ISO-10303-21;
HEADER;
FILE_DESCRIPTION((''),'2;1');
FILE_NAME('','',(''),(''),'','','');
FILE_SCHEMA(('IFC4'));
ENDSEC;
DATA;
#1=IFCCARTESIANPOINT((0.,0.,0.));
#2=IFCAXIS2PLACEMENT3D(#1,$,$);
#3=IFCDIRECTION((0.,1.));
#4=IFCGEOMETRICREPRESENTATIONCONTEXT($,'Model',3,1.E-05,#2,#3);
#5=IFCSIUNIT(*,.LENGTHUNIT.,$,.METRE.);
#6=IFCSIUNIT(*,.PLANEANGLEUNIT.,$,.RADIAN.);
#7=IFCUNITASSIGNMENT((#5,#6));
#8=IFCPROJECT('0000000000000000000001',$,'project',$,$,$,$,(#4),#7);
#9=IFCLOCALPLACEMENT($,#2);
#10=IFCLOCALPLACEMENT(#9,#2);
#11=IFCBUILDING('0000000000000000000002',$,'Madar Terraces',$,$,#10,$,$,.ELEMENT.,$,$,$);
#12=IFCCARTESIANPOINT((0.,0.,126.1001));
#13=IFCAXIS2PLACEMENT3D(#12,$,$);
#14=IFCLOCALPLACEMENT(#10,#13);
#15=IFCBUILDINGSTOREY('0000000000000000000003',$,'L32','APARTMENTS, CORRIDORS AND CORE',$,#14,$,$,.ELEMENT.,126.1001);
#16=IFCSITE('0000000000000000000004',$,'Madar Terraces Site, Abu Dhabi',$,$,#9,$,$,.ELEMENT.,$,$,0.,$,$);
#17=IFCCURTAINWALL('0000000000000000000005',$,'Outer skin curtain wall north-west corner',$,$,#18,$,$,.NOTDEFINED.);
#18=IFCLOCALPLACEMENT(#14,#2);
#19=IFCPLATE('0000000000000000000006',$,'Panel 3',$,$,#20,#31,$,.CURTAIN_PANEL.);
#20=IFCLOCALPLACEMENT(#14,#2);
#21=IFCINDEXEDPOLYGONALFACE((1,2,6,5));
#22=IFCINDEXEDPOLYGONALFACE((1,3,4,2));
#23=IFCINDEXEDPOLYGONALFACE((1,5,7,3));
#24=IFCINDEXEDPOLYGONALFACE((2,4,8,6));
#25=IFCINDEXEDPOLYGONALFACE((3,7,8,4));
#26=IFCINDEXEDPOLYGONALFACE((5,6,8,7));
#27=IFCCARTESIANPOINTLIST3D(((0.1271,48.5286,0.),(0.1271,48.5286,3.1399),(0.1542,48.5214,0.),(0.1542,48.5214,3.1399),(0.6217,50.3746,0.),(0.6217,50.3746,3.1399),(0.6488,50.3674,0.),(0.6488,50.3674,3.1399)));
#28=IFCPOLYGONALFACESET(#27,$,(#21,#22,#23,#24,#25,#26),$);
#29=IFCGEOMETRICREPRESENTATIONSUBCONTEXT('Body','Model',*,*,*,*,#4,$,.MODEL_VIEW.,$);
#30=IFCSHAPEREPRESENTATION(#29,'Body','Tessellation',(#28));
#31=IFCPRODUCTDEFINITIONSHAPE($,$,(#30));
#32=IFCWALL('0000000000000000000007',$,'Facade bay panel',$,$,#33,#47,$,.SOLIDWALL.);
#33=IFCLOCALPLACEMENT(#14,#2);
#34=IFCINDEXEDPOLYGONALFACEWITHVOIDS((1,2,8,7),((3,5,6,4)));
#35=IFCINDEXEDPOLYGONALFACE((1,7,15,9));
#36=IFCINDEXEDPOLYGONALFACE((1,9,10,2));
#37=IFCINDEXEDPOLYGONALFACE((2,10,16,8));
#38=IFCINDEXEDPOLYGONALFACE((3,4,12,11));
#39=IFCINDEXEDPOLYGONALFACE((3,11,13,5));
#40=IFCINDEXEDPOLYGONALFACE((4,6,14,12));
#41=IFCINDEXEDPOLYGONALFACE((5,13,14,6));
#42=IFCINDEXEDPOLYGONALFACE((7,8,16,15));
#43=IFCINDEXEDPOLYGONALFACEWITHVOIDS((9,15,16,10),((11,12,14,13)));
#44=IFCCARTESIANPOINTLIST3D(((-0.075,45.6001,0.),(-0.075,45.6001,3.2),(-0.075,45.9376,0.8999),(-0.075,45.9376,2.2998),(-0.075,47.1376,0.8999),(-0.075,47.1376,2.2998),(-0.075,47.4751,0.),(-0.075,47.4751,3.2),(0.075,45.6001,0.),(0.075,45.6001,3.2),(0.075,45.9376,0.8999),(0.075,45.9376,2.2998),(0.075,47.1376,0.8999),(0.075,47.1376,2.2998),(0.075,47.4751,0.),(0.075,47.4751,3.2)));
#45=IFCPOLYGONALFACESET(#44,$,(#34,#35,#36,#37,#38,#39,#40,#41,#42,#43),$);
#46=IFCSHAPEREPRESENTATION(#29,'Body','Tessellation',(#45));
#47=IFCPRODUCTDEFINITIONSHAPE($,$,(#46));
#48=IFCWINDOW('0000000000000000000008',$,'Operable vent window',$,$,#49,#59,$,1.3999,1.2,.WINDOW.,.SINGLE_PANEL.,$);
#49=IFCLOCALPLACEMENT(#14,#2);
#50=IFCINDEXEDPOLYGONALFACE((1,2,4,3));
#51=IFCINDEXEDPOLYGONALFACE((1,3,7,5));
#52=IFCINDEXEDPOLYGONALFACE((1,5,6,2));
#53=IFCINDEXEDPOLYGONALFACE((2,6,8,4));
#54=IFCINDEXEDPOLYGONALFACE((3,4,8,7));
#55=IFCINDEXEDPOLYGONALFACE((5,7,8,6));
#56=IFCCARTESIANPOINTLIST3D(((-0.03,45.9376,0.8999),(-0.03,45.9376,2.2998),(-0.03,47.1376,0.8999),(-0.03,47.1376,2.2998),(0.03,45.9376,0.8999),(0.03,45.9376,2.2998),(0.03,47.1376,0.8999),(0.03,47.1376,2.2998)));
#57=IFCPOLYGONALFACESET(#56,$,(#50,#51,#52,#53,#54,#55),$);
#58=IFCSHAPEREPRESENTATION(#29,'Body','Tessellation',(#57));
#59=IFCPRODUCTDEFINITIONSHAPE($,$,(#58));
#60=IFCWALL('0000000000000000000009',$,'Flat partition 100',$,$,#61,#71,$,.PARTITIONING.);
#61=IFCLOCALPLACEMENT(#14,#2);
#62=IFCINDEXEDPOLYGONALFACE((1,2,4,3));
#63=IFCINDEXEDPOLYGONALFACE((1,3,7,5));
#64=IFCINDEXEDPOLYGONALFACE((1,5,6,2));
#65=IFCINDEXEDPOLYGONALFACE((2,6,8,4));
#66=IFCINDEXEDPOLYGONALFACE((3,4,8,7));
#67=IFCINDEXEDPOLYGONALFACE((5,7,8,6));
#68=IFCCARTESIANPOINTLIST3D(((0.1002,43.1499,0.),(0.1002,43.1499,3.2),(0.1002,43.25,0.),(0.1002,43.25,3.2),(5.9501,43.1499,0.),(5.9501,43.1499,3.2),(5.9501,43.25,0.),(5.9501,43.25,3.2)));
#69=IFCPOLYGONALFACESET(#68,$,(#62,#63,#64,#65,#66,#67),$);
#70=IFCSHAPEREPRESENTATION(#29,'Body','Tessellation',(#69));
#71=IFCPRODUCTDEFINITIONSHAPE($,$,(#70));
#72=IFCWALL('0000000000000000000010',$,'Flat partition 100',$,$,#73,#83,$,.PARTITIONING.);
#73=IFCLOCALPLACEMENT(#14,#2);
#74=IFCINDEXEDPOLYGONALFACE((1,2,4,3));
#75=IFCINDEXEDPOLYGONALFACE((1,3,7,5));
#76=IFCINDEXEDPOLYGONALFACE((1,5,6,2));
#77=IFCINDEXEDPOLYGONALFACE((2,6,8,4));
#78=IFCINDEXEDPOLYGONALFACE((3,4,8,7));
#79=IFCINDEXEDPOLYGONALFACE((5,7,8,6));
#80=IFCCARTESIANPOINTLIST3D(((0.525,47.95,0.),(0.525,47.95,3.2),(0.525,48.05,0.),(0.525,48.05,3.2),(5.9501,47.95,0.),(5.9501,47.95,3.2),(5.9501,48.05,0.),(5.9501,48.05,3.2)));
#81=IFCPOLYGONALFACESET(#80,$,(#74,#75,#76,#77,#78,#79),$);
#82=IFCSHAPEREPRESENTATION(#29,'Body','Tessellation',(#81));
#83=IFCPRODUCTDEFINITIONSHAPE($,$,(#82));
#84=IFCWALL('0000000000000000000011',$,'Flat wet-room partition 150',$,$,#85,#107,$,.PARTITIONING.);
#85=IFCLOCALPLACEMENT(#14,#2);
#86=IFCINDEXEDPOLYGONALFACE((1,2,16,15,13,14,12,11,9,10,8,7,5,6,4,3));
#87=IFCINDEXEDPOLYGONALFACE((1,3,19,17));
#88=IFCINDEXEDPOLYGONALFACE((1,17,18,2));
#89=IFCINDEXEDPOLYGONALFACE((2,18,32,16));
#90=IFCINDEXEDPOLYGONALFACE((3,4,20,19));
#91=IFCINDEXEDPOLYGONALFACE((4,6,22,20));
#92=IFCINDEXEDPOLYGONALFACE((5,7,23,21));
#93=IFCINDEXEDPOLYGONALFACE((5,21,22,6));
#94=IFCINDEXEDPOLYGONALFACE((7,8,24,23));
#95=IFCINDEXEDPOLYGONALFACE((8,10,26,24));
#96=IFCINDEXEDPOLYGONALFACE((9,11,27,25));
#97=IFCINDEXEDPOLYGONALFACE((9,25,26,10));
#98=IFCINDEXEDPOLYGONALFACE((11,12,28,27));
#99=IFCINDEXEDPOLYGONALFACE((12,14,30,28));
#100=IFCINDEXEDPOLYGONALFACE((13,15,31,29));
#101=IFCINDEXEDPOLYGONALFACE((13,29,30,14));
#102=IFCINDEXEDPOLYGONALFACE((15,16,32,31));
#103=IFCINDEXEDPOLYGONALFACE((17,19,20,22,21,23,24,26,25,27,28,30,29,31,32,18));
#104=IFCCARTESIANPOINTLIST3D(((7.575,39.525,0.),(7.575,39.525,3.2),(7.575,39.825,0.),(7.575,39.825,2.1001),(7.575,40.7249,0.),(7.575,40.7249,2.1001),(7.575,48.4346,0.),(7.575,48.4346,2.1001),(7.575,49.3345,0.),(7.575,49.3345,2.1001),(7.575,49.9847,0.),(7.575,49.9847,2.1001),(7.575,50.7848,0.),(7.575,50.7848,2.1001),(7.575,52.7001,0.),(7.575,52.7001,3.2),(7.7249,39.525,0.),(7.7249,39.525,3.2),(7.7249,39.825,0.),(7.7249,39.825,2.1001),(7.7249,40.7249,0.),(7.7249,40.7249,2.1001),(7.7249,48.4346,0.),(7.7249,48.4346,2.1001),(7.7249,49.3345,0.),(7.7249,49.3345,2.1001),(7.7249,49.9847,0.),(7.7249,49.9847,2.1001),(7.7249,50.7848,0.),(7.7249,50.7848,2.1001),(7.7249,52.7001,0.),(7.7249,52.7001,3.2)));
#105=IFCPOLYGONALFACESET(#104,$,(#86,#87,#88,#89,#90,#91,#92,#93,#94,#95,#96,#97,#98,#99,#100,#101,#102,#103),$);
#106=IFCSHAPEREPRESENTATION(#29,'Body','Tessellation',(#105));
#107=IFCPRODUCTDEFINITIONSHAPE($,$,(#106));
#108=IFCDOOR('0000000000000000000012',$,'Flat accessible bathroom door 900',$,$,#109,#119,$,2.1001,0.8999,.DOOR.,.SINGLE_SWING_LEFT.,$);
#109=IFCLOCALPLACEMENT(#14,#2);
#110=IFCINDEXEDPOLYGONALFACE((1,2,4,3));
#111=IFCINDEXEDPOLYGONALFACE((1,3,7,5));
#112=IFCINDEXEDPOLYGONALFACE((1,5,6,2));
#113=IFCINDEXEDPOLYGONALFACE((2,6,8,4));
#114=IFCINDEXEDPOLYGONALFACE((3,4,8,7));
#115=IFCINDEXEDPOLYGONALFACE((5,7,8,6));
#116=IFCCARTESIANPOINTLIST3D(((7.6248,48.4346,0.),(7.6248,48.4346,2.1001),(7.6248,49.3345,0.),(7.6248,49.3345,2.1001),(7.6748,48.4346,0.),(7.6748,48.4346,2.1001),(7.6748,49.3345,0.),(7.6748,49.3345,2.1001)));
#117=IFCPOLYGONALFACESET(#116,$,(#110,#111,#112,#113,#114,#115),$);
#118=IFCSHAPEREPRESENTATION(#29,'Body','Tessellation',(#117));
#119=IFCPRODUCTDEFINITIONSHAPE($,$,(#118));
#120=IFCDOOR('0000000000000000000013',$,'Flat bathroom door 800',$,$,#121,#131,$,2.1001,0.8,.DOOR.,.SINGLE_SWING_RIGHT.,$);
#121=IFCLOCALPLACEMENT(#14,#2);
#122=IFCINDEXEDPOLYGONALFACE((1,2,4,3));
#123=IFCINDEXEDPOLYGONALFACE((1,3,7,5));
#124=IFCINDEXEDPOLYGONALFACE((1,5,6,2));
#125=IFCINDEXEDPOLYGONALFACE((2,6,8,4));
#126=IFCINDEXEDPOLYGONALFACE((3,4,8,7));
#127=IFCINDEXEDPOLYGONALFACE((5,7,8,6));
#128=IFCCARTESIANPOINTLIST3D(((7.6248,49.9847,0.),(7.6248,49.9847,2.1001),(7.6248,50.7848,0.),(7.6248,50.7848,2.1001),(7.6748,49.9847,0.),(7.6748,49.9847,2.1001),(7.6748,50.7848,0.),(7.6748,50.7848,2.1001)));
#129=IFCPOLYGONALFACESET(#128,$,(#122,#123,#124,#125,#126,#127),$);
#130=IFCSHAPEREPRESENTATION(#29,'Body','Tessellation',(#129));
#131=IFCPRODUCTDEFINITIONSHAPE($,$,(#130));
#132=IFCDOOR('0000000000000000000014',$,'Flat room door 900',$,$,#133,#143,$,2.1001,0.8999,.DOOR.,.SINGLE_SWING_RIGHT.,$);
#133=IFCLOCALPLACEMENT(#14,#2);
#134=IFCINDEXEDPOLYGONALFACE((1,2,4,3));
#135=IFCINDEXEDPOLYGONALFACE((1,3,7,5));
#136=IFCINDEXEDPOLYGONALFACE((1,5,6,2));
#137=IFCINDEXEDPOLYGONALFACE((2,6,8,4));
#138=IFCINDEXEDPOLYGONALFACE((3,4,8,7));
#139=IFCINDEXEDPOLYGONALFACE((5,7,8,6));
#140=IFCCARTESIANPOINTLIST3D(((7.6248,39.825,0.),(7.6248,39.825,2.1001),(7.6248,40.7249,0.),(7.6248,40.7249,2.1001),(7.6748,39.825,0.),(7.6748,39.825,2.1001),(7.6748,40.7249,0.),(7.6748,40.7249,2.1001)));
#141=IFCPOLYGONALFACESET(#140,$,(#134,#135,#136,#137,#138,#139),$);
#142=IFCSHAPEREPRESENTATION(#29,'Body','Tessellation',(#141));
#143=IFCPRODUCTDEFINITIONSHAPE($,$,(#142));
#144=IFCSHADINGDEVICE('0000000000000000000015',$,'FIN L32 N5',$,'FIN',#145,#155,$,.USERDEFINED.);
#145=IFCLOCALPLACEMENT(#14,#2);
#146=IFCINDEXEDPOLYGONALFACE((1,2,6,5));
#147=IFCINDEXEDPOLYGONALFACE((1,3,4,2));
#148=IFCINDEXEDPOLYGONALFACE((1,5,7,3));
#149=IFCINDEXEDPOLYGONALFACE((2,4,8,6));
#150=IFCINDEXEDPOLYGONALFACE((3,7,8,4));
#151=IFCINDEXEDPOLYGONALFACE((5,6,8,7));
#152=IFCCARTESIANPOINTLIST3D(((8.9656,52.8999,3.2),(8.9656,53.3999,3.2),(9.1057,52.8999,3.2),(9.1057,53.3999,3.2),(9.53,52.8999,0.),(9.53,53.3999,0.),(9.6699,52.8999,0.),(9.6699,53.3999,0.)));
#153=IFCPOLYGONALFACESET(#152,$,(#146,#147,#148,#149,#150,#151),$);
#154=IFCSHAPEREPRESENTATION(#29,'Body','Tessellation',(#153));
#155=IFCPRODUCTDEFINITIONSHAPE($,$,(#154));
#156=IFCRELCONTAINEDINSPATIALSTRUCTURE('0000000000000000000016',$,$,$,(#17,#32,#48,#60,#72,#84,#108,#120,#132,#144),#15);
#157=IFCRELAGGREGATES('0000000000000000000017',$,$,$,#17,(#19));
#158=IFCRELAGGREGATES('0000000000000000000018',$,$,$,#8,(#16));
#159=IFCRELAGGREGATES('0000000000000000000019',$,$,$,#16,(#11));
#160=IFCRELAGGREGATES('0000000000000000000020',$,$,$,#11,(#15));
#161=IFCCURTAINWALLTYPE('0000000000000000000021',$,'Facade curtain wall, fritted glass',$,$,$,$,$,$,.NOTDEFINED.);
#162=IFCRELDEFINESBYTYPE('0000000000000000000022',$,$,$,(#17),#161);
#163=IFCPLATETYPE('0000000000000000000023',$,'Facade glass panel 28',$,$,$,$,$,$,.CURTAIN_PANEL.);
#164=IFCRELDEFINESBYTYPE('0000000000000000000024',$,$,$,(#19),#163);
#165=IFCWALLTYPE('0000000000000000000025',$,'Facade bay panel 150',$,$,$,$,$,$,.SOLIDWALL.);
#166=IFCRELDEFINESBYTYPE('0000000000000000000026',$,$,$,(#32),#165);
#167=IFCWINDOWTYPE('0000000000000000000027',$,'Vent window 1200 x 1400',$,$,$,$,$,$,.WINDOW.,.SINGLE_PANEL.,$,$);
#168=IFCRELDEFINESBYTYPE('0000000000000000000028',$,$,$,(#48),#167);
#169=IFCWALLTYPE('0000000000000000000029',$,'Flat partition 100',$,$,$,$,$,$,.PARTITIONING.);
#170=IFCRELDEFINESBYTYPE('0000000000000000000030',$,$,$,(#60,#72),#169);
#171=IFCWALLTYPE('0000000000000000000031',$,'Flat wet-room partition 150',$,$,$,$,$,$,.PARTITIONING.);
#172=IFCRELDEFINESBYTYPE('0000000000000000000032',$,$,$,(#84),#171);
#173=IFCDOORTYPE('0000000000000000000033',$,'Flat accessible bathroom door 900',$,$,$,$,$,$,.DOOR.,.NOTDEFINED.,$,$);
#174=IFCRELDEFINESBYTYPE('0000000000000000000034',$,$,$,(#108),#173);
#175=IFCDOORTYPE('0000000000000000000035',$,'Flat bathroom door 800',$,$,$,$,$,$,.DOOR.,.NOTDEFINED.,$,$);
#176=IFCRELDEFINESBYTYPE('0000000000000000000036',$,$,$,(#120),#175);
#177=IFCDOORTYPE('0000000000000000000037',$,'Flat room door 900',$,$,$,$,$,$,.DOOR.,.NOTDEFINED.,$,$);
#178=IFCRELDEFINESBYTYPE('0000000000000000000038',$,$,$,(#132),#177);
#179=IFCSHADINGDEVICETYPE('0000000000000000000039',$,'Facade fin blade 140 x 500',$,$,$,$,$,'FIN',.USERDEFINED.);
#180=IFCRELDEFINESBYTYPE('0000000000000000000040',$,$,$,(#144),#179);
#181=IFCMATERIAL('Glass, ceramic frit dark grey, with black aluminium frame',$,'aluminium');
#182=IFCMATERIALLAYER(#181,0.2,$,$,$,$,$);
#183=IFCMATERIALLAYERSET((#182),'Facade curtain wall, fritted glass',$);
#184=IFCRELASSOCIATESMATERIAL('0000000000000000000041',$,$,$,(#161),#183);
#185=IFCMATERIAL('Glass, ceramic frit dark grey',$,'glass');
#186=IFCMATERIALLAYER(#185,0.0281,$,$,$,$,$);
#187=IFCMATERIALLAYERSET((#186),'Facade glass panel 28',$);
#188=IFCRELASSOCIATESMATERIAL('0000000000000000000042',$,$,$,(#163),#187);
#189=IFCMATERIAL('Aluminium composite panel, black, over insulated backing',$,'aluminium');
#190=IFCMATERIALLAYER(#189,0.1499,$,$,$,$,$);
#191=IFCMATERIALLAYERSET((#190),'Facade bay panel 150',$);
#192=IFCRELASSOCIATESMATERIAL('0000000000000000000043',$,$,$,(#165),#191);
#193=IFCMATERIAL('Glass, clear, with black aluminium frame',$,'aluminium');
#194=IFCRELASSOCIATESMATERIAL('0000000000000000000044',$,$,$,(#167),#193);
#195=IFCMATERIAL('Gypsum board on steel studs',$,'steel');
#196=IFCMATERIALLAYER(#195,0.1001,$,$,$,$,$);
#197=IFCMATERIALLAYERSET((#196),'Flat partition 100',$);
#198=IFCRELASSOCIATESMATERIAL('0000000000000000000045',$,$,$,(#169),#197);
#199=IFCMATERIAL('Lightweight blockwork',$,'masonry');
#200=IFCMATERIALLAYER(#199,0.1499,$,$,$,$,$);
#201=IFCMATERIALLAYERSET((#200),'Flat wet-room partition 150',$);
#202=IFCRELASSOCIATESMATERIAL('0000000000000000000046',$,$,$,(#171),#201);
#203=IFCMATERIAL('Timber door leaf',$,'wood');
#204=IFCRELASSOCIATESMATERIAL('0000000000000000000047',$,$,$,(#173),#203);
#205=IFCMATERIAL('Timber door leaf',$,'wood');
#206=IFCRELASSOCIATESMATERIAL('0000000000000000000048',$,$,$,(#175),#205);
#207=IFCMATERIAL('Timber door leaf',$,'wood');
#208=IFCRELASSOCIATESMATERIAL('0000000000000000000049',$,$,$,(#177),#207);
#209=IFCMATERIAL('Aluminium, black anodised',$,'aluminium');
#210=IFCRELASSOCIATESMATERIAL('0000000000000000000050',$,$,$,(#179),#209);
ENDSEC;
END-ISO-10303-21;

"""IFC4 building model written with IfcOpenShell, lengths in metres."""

from ifc_helpers import new_model, si_unit, direction, frame, frame_2d, origin, origin_2d, place, context, subcontext, project, spatial, polyline, rectangle, outline, extrude, material, layer, layer_set, type_object, element, fill, aggregate, save


model = new_model("IFC4")

# Units and contexts
model_context = context("Model", 3, precision=1e-05, world=origin(), true_north=direction((0.0, 1.0)))
body_context = subcontext(model_context, "Body", "Model", "MODEL_VIEW")
ifc_project = project(units=[si_unit("LENGTHUNIT", "METRE"), si_unit("PLANEANGLEUNIT", "RADIAN")], contexts=[model_context])

# Site, building, storey
site_placement = place(None, origin())
site = spatial("IfcSite", under=ifc_project, at=site_placement, Name="Madar Terraces Site, Abu Dhabi", CompositionType="ELEMENT", RefElevation=0.0)
building_placement = place(site_placement, origin())
building = spatial("IfcBuilding", under=site, at=building_placement, Name="Madar Terraces", CompositionType="ELEMENT")
storey_placement = place(building_placement, frame((0.0, 0.0, 126.1001)))
storey = spatial("IfcBuildingStorey", under=building, at=storey_placement, Name="L32", Description="APARTMENTS, CORRIDORS AND CORE", CompositionType="ELEMENT", Elevation=126.1001)

# Shared definitions
ifc_material_1 = material(Name="Glass, ceramic frit dark grey, with black aluminium frame", Category="aluminium")
ifc_layer_1 = layer(ifc_material_1, 0.2)
ifc_layer_set_1 = layer_set([ifc_layer_1], Name="Facade curtain wall, fritted glass")
curtain_wall_type = type_object("IfcCurtainWallType", Name="Facade curtain wall, fritted glass", PredefinedType="NOTDEFINED", material=ifc_layer_set_1)

# Curtain wall
curtain_wall_1_placement = place(storey_placement, origin())
curtain_wall_1 = element("IfcCurtainWall", 1, at=curtain_wall_1_placement, inside=storey, type_object=curtain_wall_type, Name="Outer skin curtain wall north-west corner", PredefinedType="NOTDEFINED")

# Plate
ifc_material_2 = material(Name="Glass, ceramic frit dark grey", Category="glass")
ifc_layer_2 = layer(ifc_material_2, 0.0281)
ifc_layer_set_2 = layer_set([ifc_layer_2], Name="Facade glass panel 28")
plate_type = type_object("IfcPlateType", Name="Facade glass panel 28", PredefinedType="CURTAIN_PANEL", material=ifc_layer_set_2)
plate_1_placement = place(storey_placement, frame((0.3879, 49.448, 0.0), z_axis=(0.0, 0.0, 1.0), x_axis=(-0.258819, -0.965926, 0.0)))
plate_1 = element("IfcPlate", 2, at=plate_1_placement, type_object=plate_type, Name="Panel 3", PredefinedType="CURTAIN_PANEL", context=body_context, shape_type="SweptSolid", body=[
    extrude(rectangle(XDim=1.9111, YDim=0.0281, at=origin_2d()), origin(), (0.0, 0.0, 1.0), 3.1399),
])
aggregate(curtain_wall_1, [plate_1])

# Wall, opening, window
ifc_material_3 = material(Name="Aluminium composite panel, black, over insulated backing", Category="aluminium")
ifc_layer_3 = layer(ifc_material_3, 0.1499)
ifc_layer_set_3 = layer_set([ifc_layer_3], Name="Facade bay panel 150")
wall_type_1 = type_object("IfcWallType", Name="Facade bay panel 150", PredefinedType="SOLIDWALL", material=ifc_layer_set_3)
wall_1_placement = place(storey_placement, frame((0.0, 47.4751, 0.0), z_axis=(0.0, 0.0, 1.0), x_axis=(0.0, -1.0, 0.0)))
wall_1 = element("IfcWall", 3, at=wall_1_placement, inside=storey, type_object=wall_type_1, Name="Facade bay panel", PredefinedType="SOLIDWALL", context=body_context, shape_type="SweptSolid", body=[
    extrude(rectangle(XDim=1.875, YDim=0.1499, at=frame_2d((0.9375, 0.0))), origin(), (0.0, 0.0, 1.0), 3.2),
])
opening_1_placement = place(wall_1_placement, frame((0.3374, 0.0, 0.8999)))
opening_1 = element("IfcOpeningElement", 4, at=opening_1_placement, cuts=wall_1, PredefinedType="OPENING", context=body_context, shape_type="SweptSolid", body=[
    extrude(rectangle(XDim=1.2, YDim=1.3999, at=frame_2d((0.6001, 0.7))), frame((0.0, 0.085, 0.0), z_axis=(0.0, -1.0, 0.0), x_axis=(1.0, 0.0, 0.0)), (0.0, 0.0, 1.0), 0.1699),
])
ifc_material_4 = material(Name="Glass, clear, with black aluminium frame", Category="aluminium")
window_type = type_object("IfcWindowType", Name="Vent window 1200 x 1400", PartitioningType="SINGLE_PANEL", PredefinedType="WINDOW", material=ifc_material_4)
window_placement = place(opening_1_placement, origin())
window = element("IfcWindow", 5, at=window_placement, inside=storey, type_object=window_type, Name="Operable vent window", OverallHeight=1.3999, OverallWidth=1.2, PartitioningType="SINGLE_PANEL", PredefinedType="WINDOW", context=body_context, shape_type="SweptSolid", body=[
    extrude(rectangle(XDim=1.2, YDim=1.3999, at=frame_2d((0.6001, 0.7))), frame((0.0, 0.03, 0.0), z_axis=(0.0, -1.0, 0.0), x_axis=(1.0, 0.0, 0.0)), (0.0, 0.0, 1.0), 0.0601),
])
fill(opening_1, window)

# Walls
ifc_material_5 = material(Name="Gypsum board on steel studs", Category="steel")
ifc_layer_4 = layer(ifc_material_5, 0.1001)
ifc_layer_set_4 = layer_set([ifc_layer_4], Name="Flat partition 100")
wall_type_2 = type_object("IfcWallType", Name="Flat partition 100", PredefinedType="PARTITIONING", material=ifc_layer_set_4)
wall_2_placement = place(storey_placement, frame((5.95, 43.2, 0.0), z_axis=(0.0, 0.0, 1.0), x_axis=(-1.0, 0.0, 0.0)))
element("IfcWall", 6, at=wall_2_placement, inside=storey, type_object=wall_type_2, Name="Flat partition 100", PredefinedType="PARTITIONING", context=body_context, shape_type="SweptSolid", body=[
    extrude(rectangle(XDim=5.8499, YDim=0.1001, at=frame_2d((2.9248, 0.0))), origin(), (0.0, 0.0, 1.0), 3.2),
])
wall_3_placement = place(storey_placement, frame((5.95, 48.0, 0.0), z_axis=(0.0, 0.0, 1.0), x_axis=(-1.0, 0.0, 0.0)))
element("IfcWall", 7, at=wall_3_placement, inside=storey, type_object=wall_type_2, Name="Flat partition 100", PredefinedType="PARTITIONING", context=body_context, shape_type="SweptSolid", body=[
    extrude(rectangle(XDim=5.425, YDim=0.1001, at=frame_2d((2.7124, 0.0))), origin(), (0.0, 0.0, 1.0), 3.2),
])

# Wall, openings, doors
ifc_material_6 = material(Name="Lightweight blockwork", Category="masonry")
ifc_layer_5 = layer(ifc_material_6, 0.1499)
ifc_layer_set_5 = layer_set([ifc_layer_5], Name="Flat wet-room partition 150")
wall_type_3 = type_object("IfcWallType", Name="Flat wet-room partition 150", PredefinedType="PARTITIONING", material=ifc_layer_set_5)
wall_4_placement = place(storey_placement, frame((7.6499, 52.7, 0.0), z_axis=(0.0, 0.0, 1.0), x_axis=(0.0, -1.0, 0.0)))
wall_4 = element("IfcWall", 8, at=wall_4_placement, inside=storey, type_object=wall_type_3, Name="Flat wet-room partition 150", PredefinedType="PARTITIONING", context=body_context, shape_type="SweptSolid", body=[
    extrude(rectangle(XDim=13.175, YDim=0.1499, at=frame_2d((6.5874, 0.0))), origin(), (0.0, 0.0, 1.0), 3.2),
])
opening_2_placement = place(wall_4_placement, frame((11.9751, 0.0, 0.0)))
opening_2 = element("IfcOpeningElement", 9, at=opening_2_placement, cuts=wall_4, PredefinedType="OPENING", context=body_context, shape_type="SweptSolid", body=[
    extrude(rectangle(XDim=0.8999, YDim=2.1001, at=frame_2d((0.45, 1.05))), frame((0.0, 0.085, 0.0), z_axis=(0.0, -1.0, 0.0), x_axis=(1.0, 0.0, 0.0)), (0.0, 0.0, 1.0), 0.1699),
])
opening_3_placement = place(wall_4_placement, frame((3.3655, 0.0, 0.0)))
opening_3 = element("IfcOpeningElement", 10, at=opening_3_placement, cuts=wall_4, PredefinedType="OPENING", context=body_context, shape_type="SweptSolid", body=[
    extrude(rectangle(XDim=0.8999, YDim=2.1001, at=frame_2d((0.45, 1.05))), frame((0.0, 0.085, 0.0), z_axis=(0.0, -1.0, 0.0), x_axis=(1.0, 0.0, 0.0)), (0.0, 0.0, 1.0), 0.1699),
])
opening_4_placement = place(wall_4_placement, frame((1.9153, 0.0, 0.0)))
opening_4 = element("IfcOpeningElement", 11, at=opening_4_placement, cuts=wall_4, PredefinedType="OPENING", context=body_context, shape_type="SweptSolid", body=[
    extrude(rectangle(XDim=0.8, YDim=2.1001, at=frame_2d((0.3999, 1.05))), frame((0.0, 0.085, 0.0), z_axis=(0.0, -1.0, 0.0), x_axis=(1.0, 0.0, 0.0)), (0.0, 0.0, 1.0), 0.1699),
])
ifc_material_7 = material(Name="Timber door leaf", Category="wood")
door_type_1 = type_object("IfcDoorType", Name="Flat accessible bathroom door 900", OperationType="NOTDEFINED", PredefinedType="DOOR", material=ifc_material_7)
door_1_placement = place(opening_3_placement, origin())
door_1 = element("IfcDoor", 12, at=door_1_placement, inside=storey, type_object=door_type_1, Name="Flat accessible bathroom door 900", OperationType="SINGLE_SWING_LEFT", OverallHeight=2.1001, OverallWidth=0.8999, PredefinedType="DOOR", context=body_context, shape_type="SweptSolid", body=[
    extrude(rectangle(XDim=0.8999, YDim=2.1001, at=frame_2d((0.45, 1.05))), frame((0.0, 0.0249, 0.0), z_axis=(0.0, -1.0, 0.0), x_axis=(1.0, 0.0, 0.0)), (0.0, 0.0, 1.0), 0.05),
])
fill(opening_3, door_1)
ifc_material_8 = material(Name="Timber door leaf", Category="wood")
door_type_2 = type_object("IfcDoorType", Name="Flat bathroom door 800", OperationType="NOTDEFINED", PredefinedType="DOOR", material=ifc_material_8)
door_2_placement = place(opening_4_placement, origin())
door_2 = element("IfcDoor", 13, at=door_2_placement, inside=storey, type_object=door_type_2, Name="Flat bathroom door 800", OperationType="SINGLE_SWING_RIGHT", OverallHeight=2.1001, OverallWidth=0.8, PredefinedType="DOOR", context=body_context, shape_type="SweptSolid", body=[
    extrude(rectangle(XDim=0.8, YDim=2.1001, at=frame_2d((0.3999, 1.05))), frame((0.0, 0.0249, 0.0), z_axis=(0.0, -1.0, 0.0), x_axis=(1.0, 0.0, 0.0)), (0.0, 0.0, 1.0), 0.05),
])
fill(opening_4, door_2)
ifc_material_9 = material(Name="Timber door leaf", Category="wood")
door_type_3 = type_object("IfcDoorType", Name="Flat room door 900", OperationType="NOTDEFINED", PredefinedType="DOOR", material=ifc_material_9)
door_3_placement = place(opening_2_placement, origin())
door_3 = element("IfcDoor", 14, at=door_3_placement, inside=storey, type_object=door_type_3, Name="Flat room door 900", OperationType="SINGLE_SWING_RIGHT", OverallHeight=2.1001, OverallWidth=0.8999, PredefinedType="DOOR", context=body_context, shape_type="SweptSolid", body=[
    extrude(rectangle(XDim=0.8999, YDim=2.1001, at=frame_2d((0.45, 1.05))), frame((0.0, 0.0249, 0.0), z_axis=(0.0, -1.0, 0.0), x_axis=(1.0, 0.0, 0.0)), (0.0, 0.0, 1.0), 0.05),
])
fill(opening_2, door_3)

# Shading device
ifc_material_10 = material(Name="Aluminium, black anodised", Category="aluminium")
shading_device_type = type_object("IfcShadingDeviceType", Name="Facade fin blade 140 x 500", ElementType="FIN", PredefinedType="USERDEFINED", material=ifc_material_10)
shading_device_1_placement = place(storey_placement, frame((9.6699, 53.1499, 0.0), z_axis=(0.0, 0.0, 1.0), x_axis=(-1.0, 0.0, 0.0)))
element("IfcShadingDevice", 15, at=shading_device_1_placement, inside=storey, type_object=shading_device_type, Name="FIN L32 N5", ObjectType="FIN", PredefinedType="USERDEFINED", context=body_context, shape_type="SweptSolid", body=[
    extrude(outline(polyline([(0.0, 0.0), (0.1399, 0.0), (0.7043, 3.2), (0.5642, 3.2), (0.0, 0.0)])), frame((0.0, 0.25, 0.0), z_axis=(0.0, -1.0, 0.0), x_axis=(1.0, 0.0, 0.0)), (0.0, 0.0, 1.0), 0.5),
])

save(model, "model.ifc")
